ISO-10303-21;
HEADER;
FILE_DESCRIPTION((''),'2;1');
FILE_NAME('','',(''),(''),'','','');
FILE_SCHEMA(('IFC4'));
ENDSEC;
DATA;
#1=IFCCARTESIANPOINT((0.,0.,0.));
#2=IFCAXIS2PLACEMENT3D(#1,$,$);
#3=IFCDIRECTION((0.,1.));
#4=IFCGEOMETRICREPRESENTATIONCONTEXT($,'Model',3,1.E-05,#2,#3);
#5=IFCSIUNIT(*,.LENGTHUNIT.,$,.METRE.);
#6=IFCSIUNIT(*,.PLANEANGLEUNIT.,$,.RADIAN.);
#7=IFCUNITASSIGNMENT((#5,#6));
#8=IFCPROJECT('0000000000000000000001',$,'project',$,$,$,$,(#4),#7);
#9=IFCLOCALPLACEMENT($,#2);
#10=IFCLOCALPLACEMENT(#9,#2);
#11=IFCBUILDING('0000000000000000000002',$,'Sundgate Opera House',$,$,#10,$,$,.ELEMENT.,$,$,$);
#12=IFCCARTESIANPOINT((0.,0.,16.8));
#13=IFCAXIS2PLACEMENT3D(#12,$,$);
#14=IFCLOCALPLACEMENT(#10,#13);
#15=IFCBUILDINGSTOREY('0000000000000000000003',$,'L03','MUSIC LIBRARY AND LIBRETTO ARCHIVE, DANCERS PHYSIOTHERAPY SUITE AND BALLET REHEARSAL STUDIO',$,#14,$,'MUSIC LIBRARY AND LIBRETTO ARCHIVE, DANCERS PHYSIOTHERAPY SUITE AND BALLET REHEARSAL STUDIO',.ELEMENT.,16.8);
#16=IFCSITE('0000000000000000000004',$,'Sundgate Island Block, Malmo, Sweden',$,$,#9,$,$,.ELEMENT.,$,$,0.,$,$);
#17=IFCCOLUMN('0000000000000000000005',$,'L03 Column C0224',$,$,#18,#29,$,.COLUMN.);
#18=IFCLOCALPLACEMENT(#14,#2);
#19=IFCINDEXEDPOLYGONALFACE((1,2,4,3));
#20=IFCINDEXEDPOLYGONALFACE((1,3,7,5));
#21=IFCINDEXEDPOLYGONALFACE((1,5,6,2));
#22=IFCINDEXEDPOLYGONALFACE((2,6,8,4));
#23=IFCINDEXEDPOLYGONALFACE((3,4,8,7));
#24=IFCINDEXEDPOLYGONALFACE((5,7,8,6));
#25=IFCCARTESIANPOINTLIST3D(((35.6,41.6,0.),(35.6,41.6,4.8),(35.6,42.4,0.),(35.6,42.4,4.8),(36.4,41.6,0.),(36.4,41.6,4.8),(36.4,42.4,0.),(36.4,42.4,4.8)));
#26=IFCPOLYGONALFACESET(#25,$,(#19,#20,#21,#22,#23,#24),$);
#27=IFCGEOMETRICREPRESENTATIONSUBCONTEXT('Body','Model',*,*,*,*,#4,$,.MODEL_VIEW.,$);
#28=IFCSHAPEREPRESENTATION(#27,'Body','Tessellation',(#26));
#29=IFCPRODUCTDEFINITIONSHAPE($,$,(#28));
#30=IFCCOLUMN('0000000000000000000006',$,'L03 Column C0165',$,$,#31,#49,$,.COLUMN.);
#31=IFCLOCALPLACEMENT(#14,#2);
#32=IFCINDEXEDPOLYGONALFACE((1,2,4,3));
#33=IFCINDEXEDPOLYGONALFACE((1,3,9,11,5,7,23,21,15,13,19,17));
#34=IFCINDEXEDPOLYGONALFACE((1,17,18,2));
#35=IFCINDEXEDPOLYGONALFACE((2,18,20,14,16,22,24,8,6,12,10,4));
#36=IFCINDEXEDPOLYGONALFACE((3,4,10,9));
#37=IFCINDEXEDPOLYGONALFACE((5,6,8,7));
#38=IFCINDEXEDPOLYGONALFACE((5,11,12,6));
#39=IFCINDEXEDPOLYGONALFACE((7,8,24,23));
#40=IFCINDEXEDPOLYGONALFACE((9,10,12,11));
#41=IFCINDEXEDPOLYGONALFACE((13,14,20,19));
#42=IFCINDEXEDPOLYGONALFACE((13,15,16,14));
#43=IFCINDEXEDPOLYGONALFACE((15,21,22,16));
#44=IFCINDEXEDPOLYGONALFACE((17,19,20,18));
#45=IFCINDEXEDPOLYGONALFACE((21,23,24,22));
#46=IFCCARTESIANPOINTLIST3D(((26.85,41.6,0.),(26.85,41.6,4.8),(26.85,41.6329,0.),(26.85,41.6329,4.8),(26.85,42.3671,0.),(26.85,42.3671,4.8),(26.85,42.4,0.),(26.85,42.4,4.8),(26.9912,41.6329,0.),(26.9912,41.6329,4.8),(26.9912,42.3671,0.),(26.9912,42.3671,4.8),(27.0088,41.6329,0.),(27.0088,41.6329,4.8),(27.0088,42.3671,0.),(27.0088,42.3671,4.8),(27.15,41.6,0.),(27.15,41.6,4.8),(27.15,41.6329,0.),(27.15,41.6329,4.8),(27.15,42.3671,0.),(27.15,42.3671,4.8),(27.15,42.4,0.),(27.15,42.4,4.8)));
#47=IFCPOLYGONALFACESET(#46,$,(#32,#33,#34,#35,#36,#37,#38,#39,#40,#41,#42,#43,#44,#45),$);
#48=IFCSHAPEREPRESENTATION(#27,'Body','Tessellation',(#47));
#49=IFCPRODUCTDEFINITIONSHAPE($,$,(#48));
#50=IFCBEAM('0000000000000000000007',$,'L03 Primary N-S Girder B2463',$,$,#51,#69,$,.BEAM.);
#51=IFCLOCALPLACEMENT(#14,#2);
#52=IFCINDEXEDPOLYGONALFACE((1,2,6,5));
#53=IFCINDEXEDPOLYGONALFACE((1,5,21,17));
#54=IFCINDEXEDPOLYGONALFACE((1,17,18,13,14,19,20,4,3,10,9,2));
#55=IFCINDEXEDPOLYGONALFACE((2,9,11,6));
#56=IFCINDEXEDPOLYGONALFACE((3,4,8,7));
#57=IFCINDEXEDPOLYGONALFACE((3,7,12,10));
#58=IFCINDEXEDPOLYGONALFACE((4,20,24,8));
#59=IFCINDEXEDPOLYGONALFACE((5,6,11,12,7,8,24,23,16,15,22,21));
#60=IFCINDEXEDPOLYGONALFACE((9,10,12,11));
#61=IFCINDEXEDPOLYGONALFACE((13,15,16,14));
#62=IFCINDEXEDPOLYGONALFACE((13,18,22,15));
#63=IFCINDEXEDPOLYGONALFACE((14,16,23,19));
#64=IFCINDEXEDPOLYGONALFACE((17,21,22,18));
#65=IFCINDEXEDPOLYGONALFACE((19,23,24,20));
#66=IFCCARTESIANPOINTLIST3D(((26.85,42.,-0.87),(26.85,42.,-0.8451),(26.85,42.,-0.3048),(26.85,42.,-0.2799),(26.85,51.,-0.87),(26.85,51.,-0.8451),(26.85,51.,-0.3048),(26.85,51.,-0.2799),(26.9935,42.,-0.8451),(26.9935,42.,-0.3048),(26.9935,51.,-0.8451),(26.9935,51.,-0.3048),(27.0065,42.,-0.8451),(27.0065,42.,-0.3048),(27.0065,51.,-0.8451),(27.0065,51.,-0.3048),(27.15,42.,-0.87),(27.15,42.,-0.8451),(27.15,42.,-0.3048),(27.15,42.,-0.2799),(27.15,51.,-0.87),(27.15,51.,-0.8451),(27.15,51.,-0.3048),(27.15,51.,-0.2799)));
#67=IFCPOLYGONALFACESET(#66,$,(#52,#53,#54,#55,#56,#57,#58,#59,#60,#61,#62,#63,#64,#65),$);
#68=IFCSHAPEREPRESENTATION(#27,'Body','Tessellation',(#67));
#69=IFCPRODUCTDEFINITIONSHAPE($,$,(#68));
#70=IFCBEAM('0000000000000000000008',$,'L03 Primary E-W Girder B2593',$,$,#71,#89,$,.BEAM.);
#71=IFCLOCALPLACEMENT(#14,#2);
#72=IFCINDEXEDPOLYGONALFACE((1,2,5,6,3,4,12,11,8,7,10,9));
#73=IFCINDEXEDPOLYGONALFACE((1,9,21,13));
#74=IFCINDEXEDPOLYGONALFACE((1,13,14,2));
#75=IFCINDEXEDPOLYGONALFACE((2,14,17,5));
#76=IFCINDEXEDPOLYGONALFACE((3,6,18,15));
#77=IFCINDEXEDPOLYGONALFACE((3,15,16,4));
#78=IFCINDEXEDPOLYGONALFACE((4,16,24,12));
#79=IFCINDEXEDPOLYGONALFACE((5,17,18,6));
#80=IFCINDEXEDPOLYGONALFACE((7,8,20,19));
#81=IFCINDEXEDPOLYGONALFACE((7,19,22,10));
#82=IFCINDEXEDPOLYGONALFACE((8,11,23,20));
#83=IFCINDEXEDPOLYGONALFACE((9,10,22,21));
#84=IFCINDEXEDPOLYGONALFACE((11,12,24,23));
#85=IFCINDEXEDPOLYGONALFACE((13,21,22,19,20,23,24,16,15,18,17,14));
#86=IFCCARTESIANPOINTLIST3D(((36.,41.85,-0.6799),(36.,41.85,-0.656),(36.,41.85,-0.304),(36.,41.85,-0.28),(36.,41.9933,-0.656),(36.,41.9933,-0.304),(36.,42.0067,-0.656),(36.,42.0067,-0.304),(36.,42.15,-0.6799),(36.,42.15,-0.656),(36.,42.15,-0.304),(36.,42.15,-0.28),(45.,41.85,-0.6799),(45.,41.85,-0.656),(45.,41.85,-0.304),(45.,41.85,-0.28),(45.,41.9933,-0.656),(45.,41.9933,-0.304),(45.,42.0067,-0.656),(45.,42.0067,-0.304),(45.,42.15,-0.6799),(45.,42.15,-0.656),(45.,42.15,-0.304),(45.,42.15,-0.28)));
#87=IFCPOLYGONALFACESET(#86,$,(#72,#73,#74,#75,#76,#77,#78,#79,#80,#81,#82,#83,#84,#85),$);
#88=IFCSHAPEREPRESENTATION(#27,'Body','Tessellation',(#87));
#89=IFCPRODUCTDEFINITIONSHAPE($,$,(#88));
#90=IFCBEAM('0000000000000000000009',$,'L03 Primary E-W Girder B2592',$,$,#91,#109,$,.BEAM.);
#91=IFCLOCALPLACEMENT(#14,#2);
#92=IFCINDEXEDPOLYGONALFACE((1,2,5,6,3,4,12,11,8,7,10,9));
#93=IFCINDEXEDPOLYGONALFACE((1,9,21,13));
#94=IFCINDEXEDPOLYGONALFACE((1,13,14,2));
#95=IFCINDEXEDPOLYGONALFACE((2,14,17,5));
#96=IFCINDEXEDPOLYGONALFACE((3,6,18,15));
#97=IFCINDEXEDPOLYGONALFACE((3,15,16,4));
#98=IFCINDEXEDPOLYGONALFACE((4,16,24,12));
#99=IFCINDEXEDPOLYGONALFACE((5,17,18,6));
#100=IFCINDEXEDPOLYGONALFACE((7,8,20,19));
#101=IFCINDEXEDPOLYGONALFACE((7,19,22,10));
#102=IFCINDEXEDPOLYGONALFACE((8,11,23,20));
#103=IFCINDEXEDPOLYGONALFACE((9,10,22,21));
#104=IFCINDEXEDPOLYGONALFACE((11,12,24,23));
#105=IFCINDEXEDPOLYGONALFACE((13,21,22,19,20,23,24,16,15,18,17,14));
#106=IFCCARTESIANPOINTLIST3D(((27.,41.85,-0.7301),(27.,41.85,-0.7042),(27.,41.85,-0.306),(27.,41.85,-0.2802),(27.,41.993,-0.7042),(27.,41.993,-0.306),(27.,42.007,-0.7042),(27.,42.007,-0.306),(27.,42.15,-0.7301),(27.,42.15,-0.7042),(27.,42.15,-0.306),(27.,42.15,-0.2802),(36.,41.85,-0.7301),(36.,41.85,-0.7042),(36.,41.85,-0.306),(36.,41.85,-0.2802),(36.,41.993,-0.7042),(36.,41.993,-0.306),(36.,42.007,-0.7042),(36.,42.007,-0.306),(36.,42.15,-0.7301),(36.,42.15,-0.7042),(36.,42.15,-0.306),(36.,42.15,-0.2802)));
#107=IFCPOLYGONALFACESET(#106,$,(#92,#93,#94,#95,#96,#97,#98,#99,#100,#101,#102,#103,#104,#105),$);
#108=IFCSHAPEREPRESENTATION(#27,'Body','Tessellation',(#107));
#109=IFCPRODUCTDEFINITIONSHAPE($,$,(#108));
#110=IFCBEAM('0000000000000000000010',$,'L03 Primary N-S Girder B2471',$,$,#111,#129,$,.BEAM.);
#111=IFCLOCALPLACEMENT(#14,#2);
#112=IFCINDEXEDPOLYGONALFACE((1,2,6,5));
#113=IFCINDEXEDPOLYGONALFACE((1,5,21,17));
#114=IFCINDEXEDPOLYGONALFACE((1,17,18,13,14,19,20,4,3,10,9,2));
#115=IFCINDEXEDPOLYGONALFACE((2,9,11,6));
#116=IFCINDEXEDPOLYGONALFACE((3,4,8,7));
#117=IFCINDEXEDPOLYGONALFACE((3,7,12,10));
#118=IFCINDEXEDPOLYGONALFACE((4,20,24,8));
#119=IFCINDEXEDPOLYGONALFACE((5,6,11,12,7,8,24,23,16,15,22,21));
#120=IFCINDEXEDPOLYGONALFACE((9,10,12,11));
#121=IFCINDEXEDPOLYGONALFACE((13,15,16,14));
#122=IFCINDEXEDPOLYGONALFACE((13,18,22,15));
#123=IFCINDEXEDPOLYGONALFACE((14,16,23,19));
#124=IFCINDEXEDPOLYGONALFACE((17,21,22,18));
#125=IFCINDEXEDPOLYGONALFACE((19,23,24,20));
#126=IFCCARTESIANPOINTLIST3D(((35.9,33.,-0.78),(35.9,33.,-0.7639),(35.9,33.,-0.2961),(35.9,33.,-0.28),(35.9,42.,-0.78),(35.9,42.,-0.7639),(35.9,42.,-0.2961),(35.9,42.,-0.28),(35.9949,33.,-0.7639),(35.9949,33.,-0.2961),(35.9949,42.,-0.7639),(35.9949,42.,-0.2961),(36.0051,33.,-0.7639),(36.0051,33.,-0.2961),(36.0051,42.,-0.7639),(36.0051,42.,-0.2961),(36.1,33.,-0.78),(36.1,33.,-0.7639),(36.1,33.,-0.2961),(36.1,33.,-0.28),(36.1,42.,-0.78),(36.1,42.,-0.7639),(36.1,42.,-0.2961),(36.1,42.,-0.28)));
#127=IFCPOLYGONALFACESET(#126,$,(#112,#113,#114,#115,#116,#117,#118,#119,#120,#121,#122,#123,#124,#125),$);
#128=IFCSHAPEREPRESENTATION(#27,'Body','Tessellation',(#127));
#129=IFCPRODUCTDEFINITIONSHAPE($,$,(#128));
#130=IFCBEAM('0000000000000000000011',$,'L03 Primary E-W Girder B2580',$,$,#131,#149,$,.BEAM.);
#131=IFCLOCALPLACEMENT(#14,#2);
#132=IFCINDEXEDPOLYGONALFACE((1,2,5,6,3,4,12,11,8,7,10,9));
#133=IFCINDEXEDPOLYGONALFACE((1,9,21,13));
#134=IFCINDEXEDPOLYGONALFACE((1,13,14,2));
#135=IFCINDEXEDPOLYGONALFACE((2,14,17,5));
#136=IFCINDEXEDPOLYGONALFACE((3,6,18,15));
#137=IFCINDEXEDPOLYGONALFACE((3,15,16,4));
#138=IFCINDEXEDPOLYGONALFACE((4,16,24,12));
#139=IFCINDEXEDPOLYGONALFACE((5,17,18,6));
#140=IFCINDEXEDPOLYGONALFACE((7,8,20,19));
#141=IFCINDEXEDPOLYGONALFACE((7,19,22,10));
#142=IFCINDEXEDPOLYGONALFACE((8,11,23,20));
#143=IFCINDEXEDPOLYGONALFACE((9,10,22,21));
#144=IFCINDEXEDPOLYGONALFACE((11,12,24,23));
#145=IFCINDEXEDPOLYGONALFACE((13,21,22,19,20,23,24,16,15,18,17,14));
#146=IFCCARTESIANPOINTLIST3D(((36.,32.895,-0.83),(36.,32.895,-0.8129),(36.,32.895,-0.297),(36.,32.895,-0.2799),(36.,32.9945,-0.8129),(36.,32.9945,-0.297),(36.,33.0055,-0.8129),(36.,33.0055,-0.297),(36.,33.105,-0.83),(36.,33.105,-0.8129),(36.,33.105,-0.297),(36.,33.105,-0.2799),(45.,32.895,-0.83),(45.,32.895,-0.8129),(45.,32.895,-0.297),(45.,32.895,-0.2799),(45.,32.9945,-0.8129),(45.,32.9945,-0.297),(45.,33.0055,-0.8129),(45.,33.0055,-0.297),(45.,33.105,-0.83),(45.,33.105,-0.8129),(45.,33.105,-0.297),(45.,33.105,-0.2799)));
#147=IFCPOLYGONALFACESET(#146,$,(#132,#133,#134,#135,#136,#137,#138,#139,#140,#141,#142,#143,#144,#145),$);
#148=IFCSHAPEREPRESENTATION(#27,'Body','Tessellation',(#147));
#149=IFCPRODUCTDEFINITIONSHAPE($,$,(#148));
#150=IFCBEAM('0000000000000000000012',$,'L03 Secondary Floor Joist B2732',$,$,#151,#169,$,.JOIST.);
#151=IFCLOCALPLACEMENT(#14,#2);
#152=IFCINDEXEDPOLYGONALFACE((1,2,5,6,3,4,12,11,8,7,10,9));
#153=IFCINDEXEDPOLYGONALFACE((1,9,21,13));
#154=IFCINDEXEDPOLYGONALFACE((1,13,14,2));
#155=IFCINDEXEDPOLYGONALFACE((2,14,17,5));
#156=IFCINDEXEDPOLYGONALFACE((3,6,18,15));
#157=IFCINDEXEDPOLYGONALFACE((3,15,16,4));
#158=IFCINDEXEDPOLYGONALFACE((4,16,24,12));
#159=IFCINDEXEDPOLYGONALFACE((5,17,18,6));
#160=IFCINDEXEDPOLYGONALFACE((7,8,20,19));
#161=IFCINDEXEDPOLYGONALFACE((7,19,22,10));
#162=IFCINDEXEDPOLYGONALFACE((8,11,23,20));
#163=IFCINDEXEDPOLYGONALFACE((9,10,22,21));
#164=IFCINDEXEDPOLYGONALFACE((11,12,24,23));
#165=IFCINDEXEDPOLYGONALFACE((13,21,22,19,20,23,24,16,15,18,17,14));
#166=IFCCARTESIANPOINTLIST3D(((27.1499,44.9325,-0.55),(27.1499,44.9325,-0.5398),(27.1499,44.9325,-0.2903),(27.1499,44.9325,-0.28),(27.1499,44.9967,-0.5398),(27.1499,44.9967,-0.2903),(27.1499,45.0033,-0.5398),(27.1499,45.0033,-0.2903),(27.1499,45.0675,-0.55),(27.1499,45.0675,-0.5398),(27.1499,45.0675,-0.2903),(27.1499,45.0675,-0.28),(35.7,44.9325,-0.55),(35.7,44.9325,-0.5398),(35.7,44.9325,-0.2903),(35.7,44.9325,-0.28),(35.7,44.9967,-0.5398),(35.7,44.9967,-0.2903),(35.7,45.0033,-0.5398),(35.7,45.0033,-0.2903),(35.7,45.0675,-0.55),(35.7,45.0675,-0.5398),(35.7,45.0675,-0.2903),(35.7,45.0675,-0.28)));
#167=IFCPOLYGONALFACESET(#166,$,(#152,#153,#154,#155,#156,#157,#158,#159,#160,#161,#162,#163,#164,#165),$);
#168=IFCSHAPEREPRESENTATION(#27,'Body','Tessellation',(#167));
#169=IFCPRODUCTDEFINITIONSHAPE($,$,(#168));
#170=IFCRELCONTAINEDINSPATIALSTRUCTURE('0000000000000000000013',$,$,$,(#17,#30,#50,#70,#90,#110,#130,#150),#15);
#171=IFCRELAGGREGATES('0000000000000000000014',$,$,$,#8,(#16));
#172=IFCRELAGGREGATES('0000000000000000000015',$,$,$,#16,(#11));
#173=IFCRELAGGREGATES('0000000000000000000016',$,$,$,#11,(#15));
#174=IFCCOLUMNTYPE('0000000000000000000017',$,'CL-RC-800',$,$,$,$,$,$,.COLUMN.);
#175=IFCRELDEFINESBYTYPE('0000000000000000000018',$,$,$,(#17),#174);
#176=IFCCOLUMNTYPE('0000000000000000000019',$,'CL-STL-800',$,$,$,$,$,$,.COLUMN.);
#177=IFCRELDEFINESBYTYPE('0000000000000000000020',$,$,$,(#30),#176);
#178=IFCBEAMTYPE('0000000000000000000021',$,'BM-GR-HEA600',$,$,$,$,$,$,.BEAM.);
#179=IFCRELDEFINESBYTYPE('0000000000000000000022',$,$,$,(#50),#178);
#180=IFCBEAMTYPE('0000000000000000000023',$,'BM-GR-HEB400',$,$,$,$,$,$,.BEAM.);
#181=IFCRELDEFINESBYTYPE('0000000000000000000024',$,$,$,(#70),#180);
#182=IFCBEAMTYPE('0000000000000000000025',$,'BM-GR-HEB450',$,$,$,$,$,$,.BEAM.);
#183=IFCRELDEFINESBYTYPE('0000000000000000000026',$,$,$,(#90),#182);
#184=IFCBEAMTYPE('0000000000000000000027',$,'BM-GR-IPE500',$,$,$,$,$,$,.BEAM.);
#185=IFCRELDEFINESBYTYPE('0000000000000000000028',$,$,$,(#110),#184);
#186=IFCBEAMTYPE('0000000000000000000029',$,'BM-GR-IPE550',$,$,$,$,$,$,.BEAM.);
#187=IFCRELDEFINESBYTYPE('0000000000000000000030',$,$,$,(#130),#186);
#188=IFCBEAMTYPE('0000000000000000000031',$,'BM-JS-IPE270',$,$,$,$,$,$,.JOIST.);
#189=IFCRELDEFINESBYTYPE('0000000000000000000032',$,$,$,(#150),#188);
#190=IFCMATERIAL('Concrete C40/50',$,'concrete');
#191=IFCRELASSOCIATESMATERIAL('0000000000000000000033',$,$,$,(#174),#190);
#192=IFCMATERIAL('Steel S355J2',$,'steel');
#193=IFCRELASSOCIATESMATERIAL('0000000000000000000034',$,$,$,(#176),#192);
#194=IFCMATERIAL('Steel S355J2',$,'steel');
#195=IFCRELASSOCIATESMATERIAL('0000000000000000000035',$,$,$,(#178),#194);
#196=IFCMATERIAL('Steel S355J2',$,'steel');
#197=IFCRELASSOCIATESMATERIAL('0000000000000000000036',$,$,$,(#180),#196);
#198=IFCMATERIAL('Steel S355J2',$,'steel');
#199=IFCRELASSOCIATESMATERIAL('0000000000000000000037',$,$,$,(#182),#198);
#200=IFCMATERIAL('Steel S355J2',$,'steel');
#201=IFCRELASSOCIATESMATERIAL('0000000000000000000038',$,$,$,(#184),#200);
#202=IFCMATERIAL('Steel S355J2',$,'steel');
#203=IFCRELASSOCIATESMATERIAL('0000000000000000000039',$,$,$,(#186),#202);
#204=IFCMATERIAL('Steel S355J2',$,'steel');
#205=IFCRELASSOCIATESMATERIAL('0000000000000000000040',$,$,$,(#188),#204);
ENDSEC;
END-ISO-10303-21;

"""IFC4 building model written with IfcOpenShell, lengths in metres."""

from ifc_helpers import new_model, si_unit, direction, frame, origin, origin_2d, place, context, subcontext, project, spatial, rectangle, i_section, extrude, material, material_profile, profile_set, type_object, element, save


model = new_model("IFC4")

# Units and contexts
model_context = context("Model", 3, precision=1e-05, world=origin(), true_north=direction((0.0, 1.0)))
body_context = subcontext(model_context, "Body", "Model", "MODEL_VIEW")
ifc_project = project(units=[si_unit("LENGTHUNIT", "METRE"), si_unit("PLANEANGLEUNIT", "RADIAN")], contexts=[model_context])

# Site, building, storey
site_placement = place(None, origin())
site = spatial("IfcSite", under=ifc_project, at=site_placement, Name="Sundgate Island Block, Malmo, Sweden", CompositionType="ELEMENT", RefElevation=0.0)
building_placement = place(site_placement, origin())
building = spatial("IfcBuilding", under=site, at=building_placement, Name="Sundgate Opera House", CompositionType="ELEMENT")
storey_placement = place(building_placement, frame((0.0, 0.0, 16.8)))
storey = spatial("IfcBuildingStorey", under=building, at=storey_placement, Name="L03", Description="MUSIC LIBRARY AND LIBRETTO ARCHIVE, DANCERS PHYSIOTHERAPY SUITE AND BALLET REHEARSAL STUDIO", LongName="MUSIC LIBRARY AND LIBRETTO ARCHIVE, DANCERS PHYSIOTHERAPY SUITE AND BALLET REHEARSAL STUDIO", CompositionType="ELEMENT", Elevation=16.8)

# Columns
ifc_material_1 = material(Name="Concrete C40/50", Category="concrete")
ifc_material_profile_1 = material_profile(ifc_material_1, rectangle(XDim=0.8, YDim=0.8, at=origin_2d()), Name="RC 800x800")
ifc_profile_set_1 = profile_set([ifc_material_profile_1], Name="Concrete C40/50")
column_type_1 = type_object("IfcColumnType", Name="CL-RC-800", PredefinedType="COLUMN", material=ifc_profile_set_1)
column_1_placement = place(storey_placement, frame((36.0, 42.0, 0.0), z_axis=(0.0, 0.0, 1.0), x_axis=(1.0, 0.0, 0.0)))
element("IfcColumn", 1, at=column_1_placement, inside=storey, type_object=column_type_1, Name="L03 Column C0224", PredefinedType="COLUMN", context=body_context, shape_type="SweptSolid", body=[
    extrude(rectangle(XDim=0.8, YDim=0.8, at=origin_2d()), origin(), (0.0, 0.0, 1.0), 4.8),
])
ifc_material_2 = material(Name="Steel S355J2", Category="steel")
ifc_material_profile_2 = material_profile(ifc_material_2, i_section(OverallWidth=0.3, OverallDepth=0.8, WebThickness=0.0176, FlangeThickness=0.033, at=origin_2d()), Name="HEB 800")
ifc_profile_set_2 = profile_set([ifc_material_profile_2], Name="Steel S355J2")
column_type_2 = type_object("IfcColumnType", Name="CL-STL-800", PredefinedType="COLUMN", material=ifc_profile_set_2)
column_2_placement = place(storey_placement, frame((27.0, 42.0, 0.0), z_axis=(0.0, 0.0, 1.0), x_axis=(1.0, 0.0, 0.0)))
element("IfcColumn", 2, at=column_2_placement, inside=storey, type_object=column_type_2, Name="L03 Column C0165", PredefinedType="COLUMN", context=body_context, shape_type="SweptSolid", body=[
    extrude(i_section(OverallWidth=0.3, OverallDepth=0.8, WebThickness=0.0176, FlangeThickness=0.033, at=origin_2d()), origin(), (0.0, 0.0, 1.0), 4.8),
])

# Beams
ifc_material_3 = material(Name="Steel S355J2", Category="steel")
ifc_material_profile_3 = material_profile(ifc_material_3, i_section(OverallWidth=0.3, OverallDepth=0.5901, WebThickness=0.0129, FlangeThickness=0.0249, at=origin_2d()), Name="HEA 600")
ifc_profile_set_3 = profile_set([ifc_material_profile_3], Name="Steel S355J2")
beam_type_1 = type_object("IfcBeamType", Name="BM-GR-HEA600", PredefinedType="BEAM", material=ifc_profile_set_3)
beam_1_placement = place(storey_placement, frame((27.0, 42.0, -0.575), z_axis=(0.0, 1.0, 0.0), x_axis=(-1.0, 0.0, 0.0)))
element("IfcBeam", 3, at=beam_1_placement, inside=storey, type_object=beam_type_1, Name="L03 Primary N-S Girder B2463", PredefinedType="BEAM", context=body_context, shape_type="SweptSolid", body=[
    extrude(i_section(OverallWidth=0.3, OverallDepth=0.5901, WebThickness=0.0129, FlangeThickness=0.0249, at=origin_2d()), origin(), (0.0, 0.0, 1.0), 9.0),
])
ifc_material_4 = material(Name="Steel S355J2", Category="steel")
ifc_material_profile_4 = material_profile(ifc_material_4, i_section(OverallWidth=0.3, OverallDepth=0.3999, WebThickness=0.0134, FlangeThickness=0.0239, at=origin_2d()), Name="HEB 400")
ifc_profile_set_4 = profile_set([ifc_material_profile_4], Name="Steel S355J2")
beam_type_2 = type_object("IfcBeamType", Name="BM-GR-HEB400", PredefinedType="BEAM", material=ifc_profile_set_4)
beam_2_placement = place(storey_placement, frame((36.0, 42.0, -0.48), z_axis=(1.0, 0.0, 0.0), x_axis=(0.0, 1.0, 0.0)))
element("IfcBeam", 4, at=beam_2_placement, inside=storey, type_object=beam_type_2, Name="L03 Primary E-W Girder B2593", PredefinedType="BEAM", context=body_context, shape_type="SweptSolid", body=[
    extrude(i_section(OverallWidth=0.3, OverallDepth=0.3999, WebThickness=0.0134, FlangeThickness=0.0239, at=origin_2d()), origin(), (0.0, 0.0, 1.0), 9.0),
])
ifc_material_5 = material(Name="Steel S355J2", Category="steel")
ifc_material_profile_5 = material_profile(ifc_material_5, i_section(OverallWidth=0.3, OverallDepth=0.45, WebThickness=0.0139, FlangeThickness=0.0259, at=origin_2d()), Name="HEB 450")
ifc_profile_set_5 = profile_set([ifc_material_profile_5], Name="Steel S355J2")
beam_type_3 = type_object("IfcBeamType", Name="BM-GR-HEB450", PredefinedType="BEAM", material=ifc_profile_set_5)
beam_3_placement = place(storey_placement, frame((27.0, 42.0, -0.5051), z_axis=(1.0, 0.0, 0.0), x_axis=(0.0, 1.0, 0.0)))
element("IfcBeam", 5, at=beam_3_placement, inside=storey, type_object=beam_type_3, Name="L03 Primary E-W Girder B2592", PredefinedType="BEAM", context=body_context, shape_type="SweptSolid", body=[
    extrude(i_section(OverallWidth=0.3, OverallDepth=0.45, WebThickness=0.0139, FlangeThickness=0.0259, at=origin_2d()), origin(), (0.0, 0.0, 1.0), 9.0),
])
ifc_material_6 = material(Name="Steel S355J2", Category="steel")
ifc_material_profile_6 = material_profile(ifc_material_6, i_section(OverallWidth=0.2, OverallDepth=0.5, WebThickness=0.0103, FlangeThickness=0.0161, at=origin_2d()), Name="IPE 500")
ifc_profile_set_6 = profile_set([ifc_material_profile_6], Name="Steel S355J2")
beam_type_4 = type_object("IfcBeamType", Name="BM-GR-IPE500", PredefinedType="BEAM", material=ifc_profile_set_6)
beam_4_placement = place(storey_placement, frame((36.0, 33.0, -0.53), z_axis=(0.0, 1.0, 0.0), x_axis=(-1.0, 0.0, 0.0)))
element("IfcBeam", 6, at=beam_4_placement, inside=storey, type_object=beam_type_4, Name="L03 Primary N-S Girder B2471", PredefinedType="BEAM", context=body_context, shape_type="SweptSolid", body=[
    extrude(i_section(OverallWidth=0.2, OverallDepth=0.5, WebThickness=0.0103, FlangeThickness=0.0161, at=origin_2d()), origin(), (0.0, 0.0, 1.0), 9.0),
])
ifc_material_7 = material(Name="Steel S355J2", Category="steel")
ifc_material_profile_7 = material_profile(ifc_material_7, i_section(OverallWidth=0.21, OverallDepth=0.55, WebThickness=0.011, FlangeThickness=0.0171, at=origin_2d()), Name="IPE 550")
ifc_profile_set_7 = profile_set([ifc_material_profile_7], Name="Steel S355J2")
beam_type_5 = type_object("IfcBeamType", Name="BM-GR-IPE550", PredefinedType="BEAM", material=ifc_profile_set_7)
beam_5_placement = place(storey_placement, frame((36.0, 33.0, -0.5549), z_axis=(1.0, 0.0, 0.0), x_axis=(0.0, 1.0, 0.0)))
element("IfcBeam", 7, at=beam_5_placement, inside=storey, type_object=beam_type_5, Name="L03 Primary E-W Girder B2580", PredefinedType="BEAM", context=body_context, shape_type="SweptSolid", body=[
    extrude(i_section(OverallWidth=0.21, OverallDepth=0.55, WebThickness=0.011, FlangeThickness=0.0171, at=origin_2d()), origin(), (0.0, 0.0, 1.0), 9.0),
])
ifc_material_8 = material(Name="Steel S355J2", Category="steel")
ifc_material_profile_8 = material_profile(ifc_material_8, i_section(OverallWidth=0.135, OverallDepth=0.27, WebThickness=0.0066, FlangeThickness=0.0103, at=origin_2d()), Name="IPE 270")
ifc_profile_set_8 = profile_set([ifc_material_profile_8], Name="Steel S355J2")
beam_type_6 = type_object("IfcBeamType", Name="BM-JS-IPE270", PredefinedType="JOIST", material=ifc_profile_set_8)
beam_6_placement = place(storey_placement, frame((27.1499, 45.0, -0.415), z_axis=(1.0, 0.0, 0.0), x_axis=(0.0, 1.0, 0.0)))
element("IfcBeam", 8, at=beam_6_placement, inside=storey, type_object=beam_type_6, Name="L03 Secondary Floor Joist B2732", PredefinedType="JOIST", context=body_context, shape_type="SweptSolid", body=[
    extrude(i_section(OverallWidth=0.135, OverallDepth=0.27, WebThickness=0.0066, FlangeThickness=0.0103, at=origin_2d()), origin(), (0.0, 0.0, 1.0), 8.55),
])

save(model, "model.ifc")
